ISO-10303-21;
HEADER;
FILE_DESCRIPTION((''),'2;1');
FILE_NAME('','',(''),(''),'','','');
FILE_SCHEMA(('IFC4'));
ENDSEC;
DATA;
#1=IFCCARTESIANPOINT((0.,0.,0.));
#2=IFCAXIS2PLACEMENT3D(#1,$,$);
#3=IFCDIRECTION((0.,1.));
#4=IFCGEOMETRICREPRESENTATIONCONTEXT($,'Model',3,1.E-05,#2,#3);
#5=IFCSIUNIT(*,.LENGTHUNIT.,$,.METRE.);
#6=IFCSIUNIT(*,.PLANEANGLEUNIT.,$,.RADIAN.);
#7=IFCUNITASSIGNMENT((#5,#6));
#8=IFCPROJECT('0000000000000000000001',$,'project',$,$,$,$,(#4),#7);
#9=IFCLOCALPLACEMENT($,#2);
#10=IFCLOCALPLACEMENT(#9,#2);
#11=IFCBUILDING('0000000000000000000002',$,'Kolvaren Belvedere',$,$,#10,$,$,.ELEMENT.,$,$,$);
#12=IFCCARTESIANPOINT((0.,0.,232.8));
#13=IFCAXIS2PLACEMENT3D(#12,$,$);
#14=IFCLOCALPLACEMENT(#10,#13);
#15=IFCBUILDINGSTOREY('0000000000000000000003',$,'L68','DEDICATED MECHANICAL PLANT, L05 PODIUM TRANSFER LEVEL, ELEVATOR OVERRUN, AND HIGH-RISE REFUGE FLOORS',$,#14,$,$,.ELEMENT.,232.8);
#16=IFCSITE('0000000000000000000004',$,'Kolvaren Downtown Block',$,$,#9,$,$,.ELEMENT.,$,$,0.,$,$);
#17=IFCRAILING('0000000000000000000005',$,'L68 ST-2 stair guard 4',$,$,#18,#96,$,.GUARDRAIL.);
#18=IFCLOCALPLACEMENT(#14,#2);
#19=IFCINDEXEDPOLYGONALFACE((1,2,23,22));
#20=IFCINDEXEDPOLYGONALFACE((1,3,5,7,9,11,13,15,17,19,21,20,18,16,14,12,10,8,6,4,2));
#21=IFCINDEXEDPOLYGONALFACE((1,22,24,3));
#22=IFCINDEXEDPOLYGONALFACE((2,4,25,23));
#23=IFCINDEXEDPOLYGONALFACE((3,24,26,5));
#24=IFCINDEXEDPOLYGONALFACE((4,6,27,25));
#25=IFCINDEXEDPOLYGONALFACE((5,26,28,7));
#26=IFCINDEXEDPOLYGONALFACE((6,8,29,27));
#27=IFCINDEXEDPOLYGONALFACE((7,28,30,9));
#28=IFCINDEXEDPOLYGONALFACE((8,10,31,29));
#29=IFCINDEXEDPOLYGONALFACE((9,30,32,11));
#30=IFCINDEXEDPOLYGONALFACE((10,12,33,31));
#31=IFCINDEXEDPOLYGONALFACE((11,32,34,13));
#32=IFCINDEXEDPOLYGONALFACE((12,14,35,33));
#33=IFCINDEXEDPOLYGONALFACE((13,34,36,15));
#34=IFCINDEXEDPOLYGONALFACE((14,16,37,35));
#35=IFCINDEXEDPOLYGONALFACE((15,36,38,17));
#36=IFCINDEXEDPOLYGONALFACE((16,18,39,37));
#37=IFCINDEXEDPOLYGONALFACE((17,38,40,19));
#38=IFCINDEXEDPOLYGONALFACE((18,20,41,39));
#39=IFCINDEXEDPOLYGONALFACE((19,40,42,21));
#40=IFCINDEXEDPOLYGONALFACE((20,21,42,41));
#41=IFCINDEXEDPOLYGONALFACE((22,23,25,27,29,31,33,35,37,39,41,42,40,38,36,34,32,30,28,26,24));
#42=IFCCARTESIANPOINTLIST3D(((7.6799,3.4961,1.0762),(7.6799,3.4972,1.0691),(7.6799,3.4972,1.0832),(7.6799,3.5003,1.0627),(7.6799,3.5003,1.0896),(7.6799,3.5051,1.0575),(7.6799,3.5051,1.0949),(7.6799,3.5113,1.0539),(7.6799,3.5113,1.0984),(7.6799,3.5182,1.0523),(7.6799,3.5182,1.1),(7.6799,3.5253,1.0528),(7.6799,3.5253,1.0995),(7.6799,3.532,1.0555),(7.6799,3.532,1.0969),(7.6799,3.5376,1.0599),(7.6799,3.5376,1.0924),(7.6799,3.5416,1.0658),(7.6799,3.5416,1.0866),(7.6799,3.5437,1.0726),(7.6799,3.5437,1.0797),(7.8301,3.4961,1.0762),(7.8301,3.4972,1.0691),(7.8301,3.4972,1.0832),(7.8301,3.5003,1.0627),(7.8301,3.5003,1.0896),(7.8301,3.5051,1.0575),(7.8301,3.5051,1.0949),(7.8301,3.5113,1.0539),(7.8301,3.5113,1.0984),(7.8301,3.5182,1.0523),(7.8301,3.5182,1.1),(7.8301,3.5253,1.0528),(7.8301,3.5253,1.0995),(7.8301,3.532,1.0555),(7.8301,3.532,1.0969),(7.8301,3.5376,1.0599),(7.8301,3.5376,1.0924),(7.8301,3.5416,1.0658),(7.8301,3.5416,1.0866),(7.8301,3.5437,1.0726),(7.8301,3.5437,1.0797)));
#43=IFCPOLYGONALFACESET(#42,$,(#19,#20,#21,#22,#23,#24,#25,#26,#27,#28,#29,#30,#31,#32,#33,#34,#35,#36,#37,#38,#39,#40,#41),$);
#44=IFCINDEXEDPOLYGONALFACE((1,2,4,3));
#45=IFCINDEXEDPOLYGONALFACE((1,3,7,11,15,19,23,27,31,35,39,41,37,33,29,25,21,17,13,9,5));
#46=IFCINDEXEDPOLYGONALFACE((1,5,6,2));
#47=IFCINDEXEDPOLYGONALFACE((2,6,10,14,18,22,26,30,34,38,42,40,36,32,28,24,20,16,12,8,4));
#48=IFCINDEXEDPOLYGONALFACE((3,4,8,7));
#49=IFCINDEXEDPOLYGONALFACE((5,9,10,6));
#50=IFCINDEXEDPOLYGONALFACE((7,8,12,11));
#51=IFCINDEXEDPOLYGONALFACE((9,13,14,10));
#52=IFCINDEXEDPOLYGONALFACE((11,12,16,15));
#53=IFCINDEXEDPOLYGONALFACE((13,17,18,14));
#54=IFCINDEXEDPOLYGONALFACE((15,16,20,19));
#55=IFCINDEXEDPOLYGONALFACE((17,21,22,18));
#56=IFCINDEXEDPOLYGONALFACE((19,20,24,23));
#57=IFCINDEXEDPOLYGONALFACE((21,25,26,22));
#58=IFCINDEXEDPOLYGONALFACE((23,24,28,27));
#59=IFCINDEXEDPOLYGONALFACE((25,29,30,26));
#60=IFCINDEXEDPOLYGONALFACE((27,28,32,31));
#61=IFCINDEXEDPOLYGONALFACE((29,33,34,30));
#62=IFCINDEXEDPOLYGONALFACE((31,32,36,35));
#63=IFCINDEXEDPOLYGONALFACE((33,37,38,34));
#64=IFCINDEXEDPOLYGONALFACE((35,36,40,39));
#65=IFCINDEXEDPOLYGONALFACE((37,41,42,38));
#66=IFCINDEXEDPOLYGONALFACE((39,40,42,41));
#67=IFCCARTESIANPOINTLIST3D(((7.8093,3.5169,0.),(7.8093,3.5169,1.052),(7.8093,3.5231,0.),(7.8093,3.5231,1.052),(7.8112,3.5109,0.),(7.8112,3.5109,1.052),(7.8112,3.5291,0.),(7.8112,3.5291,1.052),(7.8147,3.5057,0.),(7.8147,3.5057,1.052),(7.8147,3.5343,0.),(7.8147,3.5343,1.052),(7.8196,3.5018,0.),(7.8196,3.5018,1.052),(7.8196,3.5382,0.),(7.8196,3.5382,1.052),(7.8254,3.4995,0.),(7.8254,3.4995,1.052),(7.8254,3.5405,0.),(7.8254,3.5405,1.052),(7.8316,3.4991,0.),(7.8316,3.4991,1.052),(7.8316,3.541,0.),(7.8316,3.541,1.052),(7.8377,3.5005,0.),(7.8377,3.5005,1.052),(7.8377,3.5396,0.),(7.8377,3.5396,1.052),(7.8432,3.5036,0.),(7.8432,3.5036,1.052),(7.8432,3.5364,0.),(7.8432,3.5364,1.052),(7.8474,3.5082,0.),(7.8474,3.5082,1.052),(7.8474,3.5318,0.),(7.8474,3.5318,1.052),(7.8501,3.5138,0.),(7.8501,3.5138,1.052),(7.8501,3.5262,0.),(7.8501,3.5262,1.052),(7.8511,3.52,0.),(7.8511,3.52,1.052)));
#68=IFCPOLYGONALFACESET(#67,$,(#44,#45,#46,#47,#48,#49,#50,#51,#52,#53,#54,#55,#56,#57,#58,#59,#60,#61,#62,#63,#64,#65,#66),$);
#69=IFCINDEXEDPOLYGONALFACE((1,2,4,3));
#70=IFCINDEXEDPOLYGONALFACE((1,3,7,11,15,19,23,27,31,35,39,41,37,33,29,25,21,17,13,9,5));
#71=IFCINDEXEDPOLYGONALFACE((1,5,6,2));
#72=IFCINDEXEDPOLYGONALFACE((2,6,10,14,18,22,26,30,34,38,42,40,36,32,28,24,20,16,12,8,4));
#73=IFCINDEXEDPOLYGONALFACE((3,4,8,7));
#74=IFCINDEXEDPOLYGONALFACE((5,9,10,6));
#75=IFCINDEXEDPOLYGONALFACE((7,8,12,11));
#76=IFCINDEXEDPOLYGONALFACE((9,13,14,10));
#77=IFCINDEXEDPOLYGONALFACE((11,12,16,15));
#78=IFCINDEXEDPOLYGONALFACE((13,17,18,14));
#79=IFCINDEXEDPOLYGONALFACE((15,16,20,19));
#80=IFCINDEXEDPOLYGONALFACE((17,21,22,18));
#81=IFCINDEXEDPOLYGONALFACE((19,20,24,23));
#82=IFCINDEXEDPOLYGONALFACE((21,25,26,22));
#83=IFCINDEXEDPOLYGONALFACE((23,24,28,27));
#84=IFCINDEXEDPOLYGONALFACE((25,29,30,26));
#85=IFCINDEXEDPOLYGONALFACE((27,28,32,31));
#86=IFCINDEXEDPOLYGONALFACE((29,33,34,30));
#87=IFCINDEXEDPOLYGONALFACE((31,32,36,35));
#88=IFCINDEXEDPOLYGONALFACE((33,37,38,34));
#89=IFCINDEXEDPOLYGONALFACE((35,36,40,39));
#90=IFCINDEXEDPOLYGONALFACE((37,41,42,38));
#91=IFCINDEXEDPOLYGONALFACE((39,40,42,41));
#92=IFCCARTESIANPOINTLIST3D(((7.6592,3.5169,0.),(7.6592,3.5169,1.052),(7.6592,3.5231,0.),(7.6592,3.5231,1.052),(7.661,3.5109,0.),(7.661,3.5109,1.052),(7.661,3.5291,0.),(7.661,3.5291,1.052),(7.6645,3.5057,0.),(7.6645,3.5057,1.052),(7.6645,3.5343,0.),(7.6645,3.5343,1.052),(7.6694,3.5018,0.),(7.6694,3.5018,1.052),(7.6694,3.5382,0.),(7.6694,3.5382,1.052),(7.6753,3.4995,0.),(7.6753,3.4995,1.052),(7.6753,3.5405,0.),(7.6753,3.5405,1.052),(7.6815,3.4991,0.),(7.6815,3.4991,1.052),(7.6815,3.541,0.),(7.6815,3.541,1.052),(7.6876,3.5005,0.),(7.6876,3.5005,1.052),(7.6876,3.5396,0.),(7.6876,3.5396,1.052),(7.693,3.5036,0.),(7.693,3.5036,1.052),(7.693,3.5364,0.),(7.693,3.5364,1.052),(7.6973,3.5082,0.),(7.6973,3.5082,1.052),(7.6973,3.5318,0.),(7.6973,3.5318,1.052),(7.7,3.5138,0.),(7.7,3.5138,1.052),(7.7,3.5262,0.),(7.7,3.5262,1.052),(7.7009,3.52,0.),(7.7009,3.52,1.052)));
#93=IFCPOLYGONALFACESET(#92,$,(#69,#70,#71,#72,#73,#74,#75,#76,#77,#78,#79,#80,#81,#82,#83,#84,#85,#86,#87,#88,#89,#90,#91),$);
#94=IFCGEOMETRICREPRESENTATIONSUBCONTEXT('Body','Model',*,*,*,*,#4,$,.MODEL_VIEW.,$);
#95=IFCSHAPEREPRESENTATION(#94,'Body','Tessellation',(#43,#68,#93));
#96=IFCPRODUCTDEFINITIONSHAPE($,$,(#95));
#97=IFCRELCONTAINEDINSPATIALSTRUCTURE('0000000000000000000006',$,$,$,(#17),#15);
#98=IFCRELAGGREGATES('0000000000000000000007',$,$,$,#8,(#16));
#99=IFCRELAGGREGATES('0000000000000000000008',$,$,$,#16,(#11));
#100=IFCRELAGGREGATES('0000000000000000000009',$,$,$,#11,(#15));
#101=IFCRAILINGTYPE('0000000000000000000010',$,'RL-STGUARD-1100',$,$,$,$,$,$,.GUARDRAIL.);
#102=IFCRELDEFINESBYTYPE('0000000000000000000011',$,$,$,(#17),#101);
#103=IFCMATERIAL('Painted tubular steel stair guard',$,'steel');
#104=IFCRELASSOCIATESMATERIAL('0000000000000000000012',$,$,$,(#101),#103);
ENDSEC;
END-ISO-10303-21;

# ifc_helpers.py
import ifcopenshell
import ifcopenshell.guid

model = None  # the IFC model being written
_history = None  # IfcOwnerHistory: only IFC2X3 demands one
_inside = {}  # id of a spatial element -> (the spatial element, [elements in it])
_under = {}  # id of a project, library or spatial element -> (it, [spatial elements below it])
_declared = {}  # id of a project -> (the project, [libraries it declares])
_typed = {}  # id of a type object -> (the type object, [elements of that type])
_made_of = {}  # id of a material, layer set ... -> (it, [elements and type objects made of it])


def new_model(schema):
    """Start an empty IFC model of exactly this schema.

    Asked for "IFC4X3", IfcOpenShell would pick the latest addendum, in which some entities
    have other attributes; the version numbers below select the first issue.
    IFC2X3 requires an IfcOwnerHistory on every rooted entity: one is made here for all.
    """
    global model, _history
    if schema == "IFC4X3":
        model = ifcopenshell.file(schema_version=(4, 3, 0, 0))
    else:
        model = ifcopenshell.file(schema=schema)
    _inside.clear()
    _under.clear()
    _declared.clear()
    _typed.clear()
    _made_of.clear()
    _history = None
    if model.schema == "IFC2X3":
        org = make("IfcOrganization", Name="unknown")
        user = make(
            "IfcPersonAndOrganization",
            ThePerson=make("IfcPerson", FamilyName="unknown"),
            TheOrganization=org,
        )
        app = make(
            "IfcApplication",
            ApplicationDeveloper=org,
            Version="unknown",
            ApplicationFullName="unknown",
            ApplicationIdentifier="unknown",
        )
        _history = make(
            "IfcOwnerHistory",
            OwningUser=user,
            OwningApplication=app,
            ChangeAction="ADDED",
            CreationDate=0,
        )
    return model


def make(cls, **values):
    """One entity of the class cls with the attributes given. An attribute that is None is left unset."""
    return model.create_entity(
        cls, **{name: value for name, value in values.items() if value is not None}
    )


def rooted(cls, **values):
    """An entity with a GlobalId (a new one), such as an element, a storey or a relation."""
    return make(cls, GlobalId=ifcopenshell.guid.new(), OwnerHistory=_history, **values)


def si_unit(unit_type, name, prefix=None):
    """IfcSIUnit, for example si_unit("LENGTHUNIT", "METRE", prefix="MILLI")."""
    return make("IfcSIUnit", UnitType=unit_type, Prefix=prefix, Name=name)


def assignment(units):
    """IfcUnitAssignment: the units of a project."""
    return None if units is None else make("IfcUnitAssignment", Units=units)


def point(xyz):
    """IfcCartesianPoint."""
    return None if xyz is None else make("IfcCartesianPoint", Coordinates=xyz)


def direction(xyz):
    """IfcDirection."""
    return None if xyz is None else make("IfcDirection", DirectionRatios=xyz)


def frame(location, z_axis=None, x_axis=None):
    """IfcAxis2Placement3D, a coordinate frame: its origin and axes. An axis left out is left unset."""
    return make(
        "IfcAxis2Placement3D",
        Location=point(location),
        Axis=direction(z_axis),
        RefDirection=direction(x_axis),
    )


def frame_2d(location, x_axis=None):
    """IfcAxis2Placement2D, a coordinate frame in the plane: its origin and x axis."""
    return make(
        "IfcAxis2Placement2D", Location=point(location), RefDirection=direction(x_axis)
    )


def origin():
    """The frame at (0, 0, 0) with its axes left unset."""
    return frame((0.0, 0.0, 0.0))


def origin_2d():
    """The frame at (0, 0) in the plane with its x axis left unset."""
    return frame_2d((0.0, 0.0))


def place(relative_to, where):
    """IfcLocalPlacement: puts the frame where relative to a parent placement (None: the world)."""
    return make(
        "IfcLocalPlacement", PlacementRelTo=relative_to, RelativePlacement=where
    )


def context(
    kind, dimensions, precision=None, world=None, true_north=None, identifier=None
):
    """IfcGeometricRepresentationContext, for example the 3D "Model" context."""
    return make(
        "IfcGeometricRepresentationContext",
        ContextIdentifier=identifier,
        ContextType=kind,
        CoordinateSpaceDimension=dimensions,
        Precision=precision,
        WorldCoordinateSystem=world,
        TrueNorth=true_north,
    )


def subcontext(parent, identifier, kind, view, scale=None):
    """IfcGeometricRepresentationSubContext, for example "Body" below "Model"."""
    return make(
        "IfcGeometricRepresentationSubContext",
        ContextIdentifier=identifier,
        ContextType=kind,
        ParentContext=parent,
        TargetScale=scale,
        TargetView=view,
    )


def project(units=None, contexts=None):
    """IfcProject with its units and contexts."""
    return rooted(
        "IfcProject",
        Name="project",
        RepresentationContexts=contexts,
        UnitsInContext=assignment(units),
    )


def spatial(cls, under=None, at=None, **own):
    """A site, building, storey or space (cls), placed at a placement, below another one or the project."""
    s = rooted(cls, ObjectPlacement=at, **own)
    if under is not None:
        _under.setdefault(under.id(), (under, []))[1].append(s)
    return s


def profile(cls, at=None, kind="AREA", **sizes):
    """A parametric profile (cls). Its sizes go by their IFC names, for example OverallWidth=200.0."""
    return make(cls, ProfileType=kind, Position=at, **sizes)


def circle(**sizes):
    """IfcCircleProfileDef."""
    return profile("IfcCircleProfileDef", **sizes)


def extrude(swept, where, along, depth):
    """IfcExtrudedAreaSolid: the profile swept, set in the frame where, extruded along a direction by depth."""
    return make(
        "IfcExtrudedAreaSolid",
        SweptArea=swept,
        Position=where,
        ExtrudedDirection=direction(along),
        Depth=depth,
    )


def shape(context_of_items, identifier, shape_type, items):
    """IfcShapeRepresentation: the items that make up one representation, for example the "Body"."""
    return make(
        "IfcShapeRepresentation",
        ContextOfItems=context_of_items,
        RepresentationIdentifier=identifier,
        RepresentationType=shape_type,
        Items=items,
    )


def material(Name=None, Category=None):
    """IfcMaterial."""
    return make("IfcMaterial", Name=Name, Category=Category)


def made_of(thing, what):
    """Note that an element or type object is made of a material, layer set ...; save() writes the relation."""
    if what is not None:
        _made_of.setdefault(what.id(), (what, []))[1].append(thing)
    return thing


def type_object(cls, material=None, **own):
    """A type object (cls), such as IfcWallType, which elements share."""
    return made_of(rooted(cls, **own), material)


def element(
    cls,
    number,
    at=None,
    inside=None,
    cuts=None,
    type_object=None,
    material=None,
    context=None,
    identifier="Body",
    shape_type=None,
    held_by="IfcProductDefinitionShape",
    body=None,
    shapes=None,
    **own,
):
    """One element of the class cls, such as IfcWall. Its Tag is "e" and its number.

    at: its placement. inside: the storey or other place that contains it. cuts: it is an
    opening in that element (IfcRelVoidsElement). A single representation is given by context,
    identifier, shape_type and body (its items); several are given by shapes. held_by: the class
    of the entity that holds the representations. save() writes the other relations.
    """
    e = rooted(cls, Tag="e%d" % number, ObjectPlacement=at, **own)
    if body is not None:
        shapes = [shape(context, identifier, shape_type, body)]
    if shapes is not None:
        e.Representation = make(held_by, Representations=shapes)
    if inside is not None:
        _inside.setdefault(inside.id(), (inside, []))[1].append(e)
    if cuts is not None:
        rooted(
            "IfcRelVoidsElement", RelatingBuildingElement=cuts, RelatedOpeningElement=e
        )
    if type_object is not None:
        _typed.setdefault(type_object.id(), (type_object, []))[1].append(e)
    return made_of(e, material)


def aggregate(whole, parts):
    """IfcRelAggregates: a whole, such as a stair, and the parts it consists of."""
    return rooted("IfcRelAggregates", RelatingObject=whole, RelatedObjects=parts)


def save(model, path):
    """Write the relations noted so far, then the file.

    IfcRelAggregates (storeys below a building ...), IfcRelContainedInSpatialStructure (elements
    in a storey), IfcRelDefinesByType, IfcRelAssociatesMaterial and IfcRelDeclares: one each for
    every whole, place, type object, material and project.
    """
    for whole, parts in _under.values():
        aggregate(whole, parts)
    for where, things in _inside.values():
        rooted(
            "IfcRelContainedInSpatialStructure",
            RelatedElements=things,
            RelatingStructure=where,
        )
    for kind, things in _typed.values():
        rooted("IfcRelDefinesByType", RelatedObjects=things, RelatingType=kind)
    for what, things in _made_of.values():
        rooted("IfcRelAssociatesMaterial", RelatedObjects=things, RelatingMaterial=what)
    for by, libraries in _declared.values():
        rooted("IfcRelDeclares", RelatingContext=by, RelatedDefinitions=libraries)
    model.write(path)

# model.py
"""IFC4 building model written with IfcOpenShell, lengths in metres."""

from ifc_helpers import new_model, si_unit, direction, frame, origin, origin_2d, place, context, subcontext, project, spatial, circle, extrude, material, type_object, element, save


model = new_model("IFC4")

# Units and contexts
model_context = context("Model", 3, precision=1e-05, world=origin(), true_north=direction((0.0, 1.0)))
body_context = subcontext(model_context, "Body", "Model", "MODEL_VIEW")
ifc_project = project(units=[si_unit("LENGTHUNIT", "METRE"), si_unit("PLANEANGLEUNIT", "RADIAN")], contexts=[model_context])

# Site, building, storey
site_placement = place(None, origin())
site = spatial("IfcSite", under=ifc_project, at=site_placement, Name="Kolvaren Downtown Block", CompositionType="ELEMENT", RefElevation=0.0)
building_placement = place(site_placement, origin())
building = spatial("IfcBuilding", under=site, at=building_placement, Name="Kolvaren Belvedere", CompositionType="ELEMENT")
storey_placement = place(building_placement, frame((0.0, 0.0, 232.8)))
storey = spatial("IfcBuildingStorey", under=building, at=storey_placement, Name="L68", Description="DEDICATED MECHANICAL PLANT, L05 PODIUM TRANSFER LEVEL, ELEVATOR OVERRUN, AND HIGH-RISE REFUGE FLOORS", CompositionType="ELEMENT", Elevation=232.8)

# Railing
ifc_material_1 = material(Name="Painted tubular steel stair guard", Category="steel")
railing_type_1 = type_object("IfcRailingType", Name="RL-STGUARD-1100", PredefinedType="GUARDRAIL", material=ifc_material_1)
railing_1_placement = place(storey_placement, frame((7.8301, 3.52, 0.0)))
element("IfcRailing", 1, at=railing_1_placement, inside=storey, type_object=railing_type_1, Name="L68 ST-2 stair guard 4", PredefinedType="GUARDRAIL", context=body_context, shape_type="SweptSolid", body=[
    extrude(circle(Radius=0.0239, at=origin_2d()), frame((0.0, 0.0, 1.0762), z_axis=(-1.0, 0.0, 0.0), x_axis=(0.0, -1.0, 0.0)), (0.0, 0.0, 1.0), 0.1501),
    extrude(circle(Radius=0.021, at=origin_2d()), origin(), (0.0, 0.0, 1.0), 1.052),
    extrude(circle(Radius=0.021, at=origin_2d()), frame((-0.1501, 0.0, 0.0)), (0.0, 0.0, 1.0), 1.052),
])

save(model, "model.ifc")
